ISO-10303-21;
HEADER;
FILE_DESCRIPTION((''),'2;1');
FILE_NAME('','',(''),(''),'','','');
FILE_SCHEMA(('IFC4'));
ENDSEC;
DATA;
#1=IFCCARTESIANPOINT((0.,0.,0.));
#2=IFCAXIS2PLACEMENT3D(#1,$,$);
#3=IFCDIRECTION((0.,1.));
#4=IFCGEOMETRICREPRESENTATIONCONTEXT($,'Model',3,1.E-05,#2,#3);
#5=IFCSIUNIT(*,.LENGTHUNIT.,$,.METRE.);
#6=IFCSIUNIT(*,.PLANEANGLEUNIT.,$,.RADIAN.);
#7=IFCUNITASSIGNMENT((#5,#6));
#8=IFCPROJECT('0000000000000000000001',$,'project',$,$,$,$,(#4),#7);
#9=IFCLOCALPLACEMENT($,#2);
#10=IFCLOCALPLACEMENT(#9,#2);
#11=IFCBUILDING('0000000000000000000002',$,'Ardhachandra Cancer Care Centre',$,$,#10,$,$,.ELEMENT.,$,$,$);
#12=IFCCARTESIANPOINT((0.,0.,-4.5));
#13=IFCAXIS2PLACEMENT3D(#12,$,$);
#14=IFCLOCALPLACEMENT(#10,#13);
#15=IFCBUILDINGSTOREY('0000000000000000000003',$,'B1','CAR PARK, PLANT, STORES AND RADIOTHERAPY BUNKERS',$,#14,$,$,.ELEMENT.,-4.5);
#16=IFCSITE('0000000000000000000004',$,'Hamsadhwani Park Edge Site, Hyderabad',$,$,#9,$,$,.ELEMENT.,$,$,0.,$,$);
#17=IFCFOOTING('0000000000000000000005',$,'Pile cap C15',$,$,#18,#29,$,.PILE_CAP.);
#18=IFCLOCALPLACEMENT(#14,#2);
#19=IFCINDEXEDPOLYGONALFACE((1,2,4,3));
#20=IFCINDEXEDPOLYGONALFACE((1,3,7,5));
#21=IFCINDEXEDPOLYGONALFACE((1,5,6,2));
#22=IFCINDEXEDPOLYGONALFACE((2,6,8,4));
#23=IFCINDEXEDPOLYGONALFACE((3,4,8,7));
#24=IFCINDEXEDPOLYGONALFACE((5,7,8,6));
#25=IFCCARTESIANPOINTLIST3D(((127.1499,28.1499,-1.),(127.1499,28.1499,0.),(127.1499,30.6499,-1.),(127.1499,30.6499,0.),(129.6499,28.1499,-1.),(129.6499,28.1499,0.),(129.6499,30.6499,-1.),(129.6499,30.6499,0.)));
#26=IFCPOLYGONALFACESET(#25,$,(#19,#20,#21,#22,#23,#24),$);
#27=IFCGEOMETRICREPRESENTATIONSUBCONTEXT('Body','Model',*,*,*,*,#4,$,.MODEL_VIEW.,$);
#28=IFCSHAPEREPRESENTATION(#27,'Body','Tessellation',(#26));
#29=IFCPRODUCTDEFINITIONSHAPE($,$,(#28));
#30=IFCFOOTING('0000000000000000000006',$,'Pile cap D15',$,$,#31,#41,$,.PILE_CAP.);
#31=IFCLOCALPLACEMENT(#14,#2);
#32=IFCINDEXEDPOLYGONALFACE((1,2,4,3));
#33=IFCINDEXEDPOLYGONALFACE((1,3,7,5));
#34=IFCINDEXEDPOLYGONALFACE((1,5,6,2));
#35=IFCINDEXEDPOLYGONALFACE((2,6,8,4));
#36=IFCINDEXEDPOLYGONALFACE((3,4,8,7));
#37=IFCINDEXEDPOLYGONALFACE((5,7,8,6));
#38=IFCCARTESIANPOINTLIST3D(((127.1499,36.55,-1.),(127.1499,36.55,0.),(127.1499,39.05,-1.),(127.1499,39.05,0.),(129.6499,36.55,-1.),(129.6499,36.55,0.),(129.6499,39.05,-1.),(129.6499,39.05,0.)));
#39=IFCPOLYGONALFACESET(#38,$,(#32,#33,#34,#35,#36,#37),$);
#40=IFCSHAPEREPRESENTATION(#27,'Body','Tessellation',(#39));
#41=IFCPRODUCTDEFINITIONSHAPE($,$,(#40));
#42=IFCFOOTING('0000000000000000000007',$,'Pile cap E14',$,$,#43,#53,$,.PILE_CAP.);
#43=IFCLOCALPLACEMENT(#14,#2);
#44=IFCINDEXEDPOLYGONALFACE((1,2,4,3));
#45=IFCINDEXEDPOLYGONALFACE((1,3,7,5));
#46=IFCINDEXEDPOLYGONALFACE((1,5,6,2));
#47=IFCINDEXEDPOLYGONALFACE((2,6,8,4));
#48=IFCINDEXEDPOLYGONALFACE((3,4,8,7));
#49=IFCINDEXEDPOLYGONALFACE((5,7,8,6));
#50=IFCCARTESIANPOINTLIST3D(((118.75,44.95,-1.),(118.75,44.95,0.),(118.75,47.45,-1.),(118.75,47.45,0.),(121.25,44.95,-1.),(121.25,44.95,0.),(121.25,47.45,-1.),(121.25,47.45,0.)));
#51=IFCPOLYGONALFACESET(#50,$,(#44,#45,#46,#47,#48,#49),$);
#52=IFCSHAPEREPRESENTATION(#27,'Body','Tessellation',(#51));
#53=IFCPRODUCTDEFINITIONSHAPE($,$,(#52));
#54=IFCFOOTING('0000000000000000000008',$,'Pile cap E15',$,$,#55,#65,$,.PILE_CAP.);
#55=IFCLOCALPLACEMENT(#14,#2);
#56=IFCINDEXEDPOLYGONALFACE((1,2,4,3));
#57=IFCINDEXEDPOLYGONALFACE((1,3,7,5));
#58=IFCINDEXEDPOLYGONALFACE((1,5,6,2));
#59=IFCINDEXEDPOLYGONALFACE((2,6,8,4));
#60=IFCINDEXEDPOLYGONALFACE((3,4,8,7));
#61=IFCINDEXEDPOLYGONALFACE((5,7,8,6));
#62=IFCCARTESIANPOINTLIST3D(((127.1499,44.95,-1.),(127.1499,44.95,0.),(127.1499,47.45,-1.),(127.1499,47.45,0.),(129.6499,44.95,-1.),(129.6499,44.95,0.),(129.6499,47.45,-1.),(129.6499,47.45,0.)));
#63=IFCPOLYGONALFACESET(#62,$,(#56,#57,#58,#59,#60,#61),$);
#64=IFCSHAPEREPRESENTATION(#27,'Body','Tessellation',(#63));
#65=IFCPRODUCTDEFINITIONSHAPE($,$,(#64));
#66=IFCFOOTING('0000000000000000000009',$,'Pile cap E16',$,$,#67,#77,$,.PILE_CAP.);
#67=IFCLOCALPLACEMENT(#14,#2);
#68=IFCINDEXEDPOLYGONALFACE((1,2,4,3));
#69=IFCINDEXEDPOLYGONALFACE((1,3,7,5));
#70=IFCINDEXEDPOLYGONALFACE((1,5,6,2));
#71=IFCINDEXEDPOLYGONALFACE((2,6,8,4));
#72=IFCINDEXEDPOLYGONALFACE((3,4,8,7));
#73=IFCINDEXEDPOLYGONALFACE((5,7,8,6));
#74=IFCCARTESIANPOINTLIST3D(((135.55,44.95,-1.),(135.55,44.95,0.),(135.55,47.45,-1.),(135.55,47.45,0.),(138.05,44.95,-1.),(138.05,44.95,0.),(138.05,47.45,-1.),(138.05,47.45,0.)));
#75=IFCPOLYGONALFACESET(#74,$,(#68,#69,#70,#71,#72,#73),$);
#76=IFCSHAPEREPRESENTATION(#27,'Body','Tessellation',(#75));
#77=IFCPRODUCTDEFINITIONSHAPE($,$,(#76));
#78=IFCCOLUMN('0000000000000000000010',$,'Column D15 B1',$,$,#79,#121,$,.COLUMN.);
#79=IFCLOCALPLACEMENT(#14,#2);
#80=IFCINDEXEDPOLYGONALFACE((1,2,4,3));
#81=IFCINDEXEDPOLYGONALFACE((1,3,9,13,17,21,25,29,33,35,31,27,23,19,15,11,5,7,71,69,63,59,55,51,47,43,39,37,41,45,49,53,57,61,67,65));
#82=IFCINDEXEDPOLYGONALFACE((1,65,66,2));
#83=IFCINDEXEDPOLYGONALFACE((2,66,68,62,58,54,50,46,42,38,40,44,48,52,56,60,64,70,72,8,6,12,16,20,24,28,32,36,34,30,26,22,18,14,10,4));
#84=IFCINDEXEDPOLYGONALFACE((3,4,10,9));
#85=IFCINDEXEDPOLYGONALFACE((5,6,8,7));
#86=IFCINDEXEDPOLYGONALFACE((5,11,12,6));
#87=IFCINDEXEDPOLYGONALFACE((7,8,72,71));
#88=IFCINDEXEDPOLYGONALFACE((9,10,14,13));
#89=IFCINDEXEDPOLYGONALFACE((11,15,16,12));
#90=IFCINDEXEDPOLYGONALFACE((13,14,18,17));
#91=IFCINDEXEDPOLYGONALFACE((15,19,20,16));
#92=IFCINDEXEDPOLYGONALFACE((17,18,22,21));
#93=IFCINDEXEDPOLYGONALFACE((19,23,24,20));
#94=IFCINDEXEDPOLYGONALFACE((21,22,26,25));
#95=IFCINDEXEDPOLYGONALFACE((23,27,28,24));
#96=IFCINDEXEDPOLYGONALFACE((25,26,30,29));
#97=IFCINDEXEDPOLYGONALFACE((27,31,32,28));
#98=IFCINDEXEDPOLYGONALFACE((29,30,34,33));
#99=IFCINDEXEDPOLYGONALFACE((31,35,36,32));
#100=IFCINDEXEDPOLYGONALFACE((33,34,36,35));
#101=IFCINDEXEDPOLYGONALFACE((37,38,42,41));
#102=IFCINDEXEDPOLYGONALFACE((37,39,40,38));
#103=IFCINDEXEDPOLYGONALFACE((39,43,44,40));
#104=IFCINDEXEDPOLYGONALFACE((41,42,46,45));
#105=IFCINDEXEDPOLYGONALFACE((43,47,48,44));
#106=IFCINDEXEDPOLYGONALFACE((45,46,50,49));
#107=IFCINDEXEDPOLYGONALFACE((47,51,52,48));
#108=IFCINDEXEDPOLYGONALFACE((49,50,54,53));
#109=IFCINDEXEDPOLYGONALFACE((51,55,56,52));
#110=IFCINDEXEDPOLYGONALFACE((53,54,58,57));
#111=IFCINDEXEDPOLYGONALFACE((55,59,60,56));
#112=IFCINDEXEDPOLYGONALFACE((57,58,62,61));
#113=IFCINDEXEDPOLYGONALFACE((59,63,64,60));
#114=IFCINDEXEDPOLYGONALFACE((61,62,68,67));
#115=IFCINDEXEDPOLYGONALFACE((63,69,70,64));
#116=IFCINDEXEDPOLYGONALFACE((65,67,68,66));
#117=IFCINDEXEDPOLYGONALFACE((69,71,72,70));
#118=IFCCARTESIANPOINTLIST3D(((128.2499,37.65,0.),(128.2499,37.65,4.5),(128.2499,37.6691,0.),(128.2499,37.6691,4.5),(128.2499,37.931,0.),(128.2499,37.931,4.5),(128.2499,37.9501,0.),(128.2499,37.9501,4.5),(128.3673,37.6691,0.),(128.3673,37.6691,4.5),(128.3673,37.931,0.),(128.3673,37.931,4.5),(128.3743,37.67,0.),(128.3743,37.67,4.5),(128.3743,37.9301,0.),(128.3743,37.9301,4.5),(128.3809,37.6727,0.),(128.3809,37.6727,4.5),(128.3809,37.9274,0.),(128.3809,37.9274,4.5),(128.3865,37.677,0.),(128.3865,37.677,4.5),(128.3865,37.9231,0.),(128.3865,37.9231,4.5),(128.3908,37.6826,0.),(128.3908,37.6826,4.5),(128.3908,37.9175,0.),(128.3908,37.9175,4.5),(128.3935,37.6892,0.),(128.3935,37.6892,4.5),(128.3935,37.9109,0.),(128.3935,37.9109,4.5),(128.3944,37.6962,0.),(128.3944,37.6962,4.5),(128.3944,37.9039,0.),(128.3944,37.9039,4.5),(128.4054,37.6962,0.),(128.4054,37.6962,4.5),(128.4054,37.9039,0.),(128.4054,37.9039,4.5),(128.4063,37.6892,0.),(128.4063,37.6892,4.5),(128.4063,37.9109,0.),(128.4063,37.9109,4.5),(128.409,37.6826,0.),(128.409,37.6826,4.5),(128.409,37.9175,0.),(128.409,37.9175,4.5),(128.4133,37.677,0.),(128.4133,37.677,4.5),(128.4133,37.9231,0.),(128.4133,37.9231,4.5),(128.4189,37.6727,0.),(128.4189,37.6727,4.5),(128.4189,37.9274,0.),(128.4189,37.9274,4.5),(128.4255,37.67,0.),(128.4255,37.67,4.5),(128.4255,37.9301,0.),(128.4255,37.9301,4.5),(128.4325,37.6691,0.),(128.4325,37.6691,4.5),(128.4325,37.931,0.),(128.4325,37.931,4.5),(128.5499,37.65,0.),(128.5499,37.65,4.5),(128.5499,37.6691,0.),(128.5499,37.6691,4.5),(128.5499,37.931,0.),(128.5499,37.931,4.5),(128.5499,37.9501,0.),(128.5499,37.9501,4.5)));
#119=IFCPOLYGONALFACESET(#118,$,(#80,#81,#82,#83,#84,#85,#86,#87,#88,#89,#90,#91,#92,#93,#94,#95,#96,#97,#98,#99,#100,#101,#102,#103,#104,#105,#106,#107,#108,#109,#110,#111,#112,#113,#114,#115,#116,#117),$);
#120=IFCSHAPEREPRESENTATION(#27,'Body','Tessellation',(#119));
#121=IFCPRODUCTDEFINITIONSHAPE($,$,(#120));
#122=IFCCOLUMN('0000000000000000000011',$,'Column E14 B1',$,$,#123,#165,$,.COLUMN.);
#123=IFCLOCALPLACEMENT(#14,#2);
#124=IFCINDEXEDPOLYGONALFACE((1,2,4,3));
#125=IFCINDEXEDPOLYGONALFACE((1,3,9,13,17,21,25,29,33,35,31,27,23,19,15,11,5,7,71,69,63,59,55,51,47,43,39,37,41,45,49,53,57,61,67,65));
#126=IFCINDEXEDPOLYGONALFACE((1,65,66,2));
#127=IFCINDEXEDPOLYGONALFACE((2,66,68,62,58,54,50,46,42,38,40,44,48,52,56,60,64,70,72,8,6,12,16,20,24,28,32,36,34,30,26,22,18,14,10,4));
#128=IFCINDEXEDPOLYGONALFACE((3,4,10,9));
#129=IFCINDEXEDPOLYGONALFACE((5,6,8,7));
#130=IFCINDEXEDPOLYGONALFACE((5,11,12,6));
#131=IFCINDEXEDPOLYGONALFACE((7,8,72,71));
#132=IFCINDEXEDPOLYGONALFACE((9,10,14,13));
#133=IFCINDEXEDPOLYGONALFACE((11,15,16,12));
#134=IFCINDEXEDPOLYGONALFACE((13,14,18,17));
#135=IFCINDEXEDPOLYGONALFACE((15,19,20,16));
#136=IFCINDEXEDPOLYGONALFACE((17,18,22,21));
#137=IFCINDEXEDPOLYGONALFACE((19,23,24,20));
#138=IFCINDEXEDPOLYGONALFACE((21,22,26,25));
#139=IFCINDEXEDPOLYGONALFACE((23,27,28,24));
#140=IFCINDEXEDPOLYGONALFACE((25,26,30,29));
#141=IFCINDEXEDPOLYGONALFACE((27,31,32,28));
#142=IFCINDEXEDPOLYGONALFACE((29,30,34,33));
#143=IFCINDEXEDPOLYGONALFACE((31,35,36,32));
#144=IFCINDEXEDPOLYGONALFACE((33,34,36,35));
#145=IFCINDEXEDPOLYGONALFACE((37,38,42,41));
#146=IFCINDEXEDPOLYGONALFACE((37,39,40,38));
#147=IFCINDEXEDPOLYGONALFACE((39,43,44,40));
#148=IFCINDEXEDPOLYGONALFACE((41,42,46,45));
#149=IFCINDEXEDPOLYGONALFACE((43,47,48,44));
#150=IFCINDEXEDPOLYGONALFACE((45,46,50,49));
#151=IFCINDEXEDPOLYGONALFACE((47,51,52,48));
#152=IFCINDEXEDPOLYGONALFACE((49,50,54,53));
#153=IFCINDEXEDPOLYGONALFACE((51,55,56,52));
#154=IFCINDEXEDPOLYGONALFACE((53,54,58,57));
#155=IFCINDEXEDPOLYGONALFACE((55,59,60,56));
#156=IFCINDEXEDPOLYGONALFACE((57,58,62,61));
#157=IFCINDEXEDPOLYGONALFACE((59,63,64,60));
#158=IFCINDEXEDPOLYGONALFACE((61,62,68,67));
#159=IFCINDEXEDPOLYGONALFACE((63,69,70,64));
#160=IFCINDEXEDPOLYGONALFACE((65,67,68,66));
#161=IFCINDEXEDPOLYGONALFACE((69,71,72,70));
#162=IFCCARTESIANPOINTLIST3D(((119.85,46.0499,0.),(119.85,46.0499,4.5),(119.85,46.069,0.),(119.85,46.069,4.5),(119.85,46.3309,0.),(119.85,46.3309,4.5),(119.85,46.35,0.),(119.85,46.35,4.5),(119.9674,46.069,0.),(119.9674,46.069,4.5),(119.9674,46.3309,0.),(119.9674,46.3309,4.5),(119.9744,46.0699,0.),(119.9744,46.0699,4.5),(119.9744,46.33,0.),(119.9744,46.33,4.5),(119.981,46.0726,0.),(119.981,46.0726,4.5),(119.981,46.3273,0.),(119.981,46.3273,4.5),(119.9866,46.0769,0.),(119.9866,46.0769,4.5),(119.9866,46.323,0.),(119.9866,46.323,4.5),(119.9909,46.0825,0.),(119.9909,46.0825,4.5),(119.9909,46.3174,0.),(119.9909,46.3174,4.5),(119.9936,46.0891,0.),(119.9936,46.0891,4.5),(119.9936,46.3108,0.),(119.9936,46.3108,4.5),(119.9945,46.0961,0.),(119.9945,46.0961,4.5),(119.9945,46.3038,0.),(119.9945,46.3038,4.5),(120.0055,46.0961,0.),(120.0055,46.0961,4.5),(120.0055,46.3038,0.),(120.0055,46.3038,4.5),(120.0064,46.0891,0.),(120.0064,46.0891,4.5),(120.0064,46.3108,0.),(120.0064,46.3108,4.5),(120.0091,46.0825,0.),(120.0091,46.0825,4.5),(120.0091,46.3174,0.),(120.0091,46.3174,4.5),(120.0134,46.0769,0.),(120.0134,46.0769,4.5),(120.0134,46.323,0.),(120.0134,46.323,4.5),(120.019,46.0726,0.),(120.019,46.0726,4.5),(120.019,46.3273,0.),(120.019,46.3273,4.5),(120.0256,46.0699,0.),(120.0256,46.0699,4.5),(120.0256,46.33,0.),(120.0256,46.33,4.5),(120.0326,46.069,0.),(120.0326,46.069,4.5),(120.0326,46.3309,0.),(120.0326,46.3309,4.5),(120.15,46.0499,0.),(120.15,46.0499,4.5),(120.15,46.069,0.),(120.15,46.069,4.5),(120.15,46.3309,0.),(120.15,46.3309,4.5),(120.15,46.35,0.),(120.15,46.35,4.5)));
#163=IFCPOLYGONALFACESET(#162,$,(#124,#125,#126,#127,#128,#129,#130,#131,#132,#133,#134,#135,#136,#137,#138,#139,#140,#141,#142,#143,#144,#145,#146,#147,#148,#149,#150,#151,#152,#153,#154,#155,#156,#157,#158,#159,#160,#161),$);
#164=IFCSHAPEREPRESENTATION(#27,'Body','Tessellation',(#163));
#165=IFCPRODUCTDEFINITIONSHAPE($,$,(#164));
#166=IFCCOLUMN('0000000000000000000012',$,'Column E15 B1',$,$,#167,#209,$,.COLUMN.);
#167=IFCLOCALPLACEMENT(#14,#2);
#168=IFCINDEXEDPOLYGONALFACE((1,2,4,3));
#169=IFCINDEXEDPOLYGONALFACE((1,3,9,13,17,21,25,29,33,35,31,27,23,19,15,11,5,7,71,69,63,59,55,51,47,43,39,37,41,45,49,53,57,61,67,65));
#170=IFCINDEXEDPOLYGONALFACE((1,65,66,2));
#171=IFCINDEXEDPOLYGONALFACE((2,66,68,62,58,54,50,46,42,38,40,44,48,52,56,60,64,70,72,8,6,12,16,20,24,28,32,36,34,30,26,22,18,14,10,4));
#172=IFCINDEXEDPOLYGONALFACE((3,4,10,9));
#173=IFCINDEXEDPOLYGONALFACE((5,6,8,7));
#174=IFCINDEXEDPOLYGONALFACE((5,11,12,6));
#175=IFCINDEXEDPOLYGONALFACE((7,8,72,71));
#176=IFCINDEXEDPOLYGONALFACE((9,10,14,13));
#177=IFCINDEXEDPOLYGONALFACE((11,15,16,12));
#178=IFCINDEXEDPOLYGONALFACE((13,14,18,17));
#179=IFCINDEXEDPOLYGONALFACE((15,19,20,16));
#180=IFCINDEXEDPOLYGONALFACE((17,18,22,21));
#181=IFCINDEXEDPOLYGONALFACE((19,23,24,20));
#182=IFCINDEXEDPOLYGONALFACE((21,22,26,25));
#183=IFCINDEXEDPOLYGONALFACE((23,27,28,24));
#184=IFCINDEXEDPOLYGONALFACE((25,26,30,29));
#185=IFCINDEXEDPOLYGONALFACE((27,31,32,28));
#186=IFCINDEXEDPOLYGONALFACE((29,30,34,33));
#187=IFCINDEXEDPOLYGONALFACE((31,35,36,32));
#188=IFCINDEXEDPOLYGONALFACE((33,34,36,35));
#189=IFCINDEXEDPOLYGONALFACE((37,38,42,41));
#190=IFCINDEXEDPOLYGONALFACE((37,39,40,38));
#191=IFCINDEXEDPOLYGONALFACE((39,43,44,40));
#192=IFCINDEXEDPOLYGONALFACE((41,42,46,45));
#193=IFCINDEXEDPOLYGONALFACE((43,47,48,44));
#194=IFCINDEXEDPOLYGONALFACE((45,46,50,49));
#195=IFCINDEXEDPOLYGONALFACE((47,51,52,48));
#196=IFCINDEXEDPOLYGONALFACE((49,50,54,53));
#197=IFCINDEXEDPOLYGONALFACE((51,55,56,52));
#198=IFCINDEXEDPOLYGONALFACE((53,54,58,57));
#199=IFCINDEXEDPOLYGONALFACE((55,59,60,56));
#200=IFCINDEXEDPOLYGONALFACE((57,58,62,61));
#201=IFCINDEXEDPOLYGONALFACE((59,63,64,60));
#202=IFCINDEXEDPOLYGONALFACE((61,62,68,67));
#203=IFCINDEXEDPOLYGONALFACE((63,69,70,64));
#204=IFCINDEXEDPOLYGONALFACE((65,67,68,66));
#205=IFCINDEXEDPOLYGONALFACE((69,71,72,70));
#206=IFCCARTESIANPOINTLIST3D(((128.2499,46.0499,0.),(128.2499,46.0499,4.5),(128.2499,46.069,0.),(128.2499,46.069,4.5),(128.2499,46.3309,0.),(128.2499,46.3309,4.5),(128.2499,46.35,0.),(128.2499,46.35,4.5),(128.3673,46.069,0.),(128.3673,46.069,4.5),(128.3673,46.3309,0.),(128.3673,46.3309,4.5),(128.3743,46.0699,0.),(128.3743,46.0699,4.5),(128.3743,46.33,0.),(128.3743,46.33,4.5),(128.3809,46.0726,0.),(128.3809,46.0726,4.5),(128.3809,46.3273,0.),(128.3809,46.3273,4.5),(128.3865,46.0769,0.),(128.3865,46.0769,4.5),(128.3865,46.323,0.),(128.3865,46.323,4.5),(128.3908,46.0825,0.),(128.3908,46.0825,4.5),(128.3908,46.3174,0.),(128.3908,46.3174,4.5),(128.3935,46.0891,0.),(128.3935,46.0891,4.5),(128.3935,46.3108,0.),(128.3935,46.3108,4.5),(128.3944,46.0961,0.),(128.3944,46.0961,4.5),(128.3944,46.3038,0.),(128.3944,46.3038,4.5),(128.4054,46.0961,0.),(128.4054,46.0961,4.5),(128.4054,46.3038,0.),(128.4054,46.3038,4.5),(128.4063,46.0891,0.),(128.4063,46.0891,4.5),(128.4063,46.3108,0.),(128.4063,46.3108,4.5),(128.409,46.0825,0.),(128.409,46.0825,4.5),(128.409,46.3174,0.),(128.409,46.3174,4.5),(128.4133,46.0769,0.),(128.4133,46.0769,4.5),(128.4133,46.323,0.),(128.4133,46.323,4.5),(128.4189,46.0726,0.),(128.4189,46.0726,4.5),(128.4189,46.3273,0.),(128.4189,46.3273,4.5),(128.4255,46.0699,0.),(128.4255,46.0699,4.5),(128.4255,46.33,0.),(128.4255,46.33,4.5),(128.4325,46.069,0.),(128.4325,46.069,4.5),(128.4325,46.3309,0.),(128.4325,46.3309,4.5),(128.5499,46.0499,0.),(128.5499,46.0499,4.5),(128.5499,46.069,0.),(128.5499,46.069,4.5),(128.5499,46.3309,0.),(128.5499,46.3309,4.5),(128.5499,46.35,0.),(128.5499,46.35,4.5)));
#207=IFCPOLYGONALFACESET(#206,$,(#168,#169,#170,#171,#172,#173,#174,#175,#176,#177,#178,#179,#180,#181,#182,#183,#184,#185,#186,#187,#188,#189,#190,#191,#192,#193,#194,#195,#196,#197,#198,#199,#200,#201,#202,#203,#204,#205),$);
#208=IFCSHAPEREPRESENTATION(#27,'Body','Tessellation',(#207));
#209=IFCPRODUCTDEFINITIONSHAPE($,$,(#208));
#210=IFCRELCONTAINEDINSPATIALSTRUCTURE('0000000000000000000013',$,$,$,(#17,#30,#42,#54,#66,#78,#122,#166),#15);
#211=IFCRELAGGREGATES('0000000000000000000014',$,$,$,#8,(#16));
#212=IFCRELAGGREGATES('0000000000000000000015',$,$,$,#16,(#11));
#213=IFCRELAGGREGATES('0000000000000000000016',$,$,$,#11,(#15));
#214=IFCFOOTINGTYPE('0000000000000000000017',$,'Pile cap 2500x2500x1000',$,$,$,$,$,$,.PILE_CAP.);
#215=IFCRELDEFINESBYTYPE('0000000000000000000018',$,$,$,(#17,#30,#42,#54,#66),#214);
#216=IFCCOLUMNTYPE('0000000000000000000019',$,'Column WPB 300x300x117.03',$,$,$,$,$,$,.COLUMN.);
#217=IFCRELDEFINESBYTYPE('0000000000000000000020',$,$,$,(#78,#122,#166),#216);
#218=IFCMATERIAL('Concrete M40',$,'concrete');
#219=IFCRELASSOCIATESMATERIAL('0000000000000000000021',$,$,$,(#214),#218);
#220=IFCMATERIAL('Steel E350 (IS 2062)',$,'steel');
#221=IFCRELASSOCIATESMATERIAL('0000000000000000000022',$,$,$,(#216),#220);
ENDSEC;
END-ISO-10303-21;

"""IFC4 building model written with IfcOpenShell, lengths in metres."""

from ifc_helpers import new_model, si_unit, direction, frame, origin, origin_2d, place, context, subcontext, project, spatial, rectangle, i_section, extrude, material, material_profile, profile_set, type_object, element, save


model = new_model("IFC4")

# Units and contexts
model_context = context("Model", 3, precision=1e-05, world=origin(), true_north=direction((0.0, 1.0)))
body_context = subcontext(model_context, "Body", "Model", "MODEL_VIEW")
ifc_project = project(units=[si_unit("LENGTHUNIT", "METRE"), si_unit("PLANEANGLEUNIT", "RADIAN")], contexts=[model_context])

# Site, building, storey
site_placement = place(None, origin())
site = spatial("IfcSite", under=ifc_project, at=site_placement, Name="Hamsadhwani Park Edge Site, Hyderabad", CompositionType="ELEMENT", RefElevation=0.0)
building_placement = place(site_placement, origin())
building = spatial("IfcBuilding", under=site, at=building_placement, Name="Ardhachandra Cancer Care Centre", CompositionType="ELEMENT")
storey_placement = place(building_placement, frame((0.0, 0.0, -4.5)))
storey = spatial("IfcBuildingStorey", under=building, at=storey_placement, Name="B1", Description="CAR PARK, PLANT, STORES AND RADIOTHERAPY BUNKERS", CompositionType="ELEMENT", Elevation=-4.5)

# Footings
ifc_material_1 = material(Name="Concrete M40", Category="concrete")
footing_type = type_object("IfcFootingType", Name="Pile cap 2500x2500x1000", PredefinedType="PILE_CAP", material=ifc_material_1)
for number, where, z_axis, x_axis, name in (
    (1, (128.3999, 29.3999, -1.0), (0.0, 0.0, 1.0), (1.0, 0.0, 0.0), "Pile cap C15"),
    (2, (128.3999, 37.8, -1.0), (0.0, 0.0, 1.0), (1.0, 0.0, 0.0), "Pile cap D15"),
    (3, (120.0, 46.2, -1.0), (0.0, 0.0, 1.0), (1.0, 0.0, 0.0), "Pile cap E14"),
    (4, (128.3999, 46.2, -1.0), (0.0, 0.0, 1.0), (1.0, 0.0, 0.0), "Pile cap E15"),
    (5, (136.8, 46.2, -1.0), (0.0, 0.0, 1.0), (1.0, 0.0, 0.0), "Pile cap E16"),
):
    element("IfcFooting", number, at=place(storey_placement, frame(where, z_axis=z_axis, x_axis=x_axis)), inside=storey, type_object=footing_type, Name=name, PredefinedType="PILE_CAP", context=body_context, shape_type="SweptSolid", body=[
        extrude(rectangle(XDim=2.5, YDim=2.5, at=origin_2d()), origin(), (0.0, 0.0, 1.0), 1.0),
    ])

# Columns
ifc_material_2 = material(Name="Steel E350 (IS 2062)", Category="steel")
ifc_material_profile_1 = material_profile(ifc_material_2, i_section(OverallWidth=0.3, OverallDepth=0.3, WebThickness=0.011, FlangeThickness=0.019, FilletRadius=0.0271, at=origin_2d()), Name="WPB 300x300x117.03")
ifc_profile_set_1 = profile_set([ifc_material_profile_1], Name="Steel E350 (IS 2062)")
column_type_1 = type_object("IfcColumnType", Name="Column WPB 300x300x117.03", PredefinedType="COLUMN", material=ifc_profile_set_1)
for number, where, z_axis, x_axis, name in (
    (6, (128.3999, 37.8, 0.0), (0.0, 0.0, 1.0), (1.0, 0.0, 0.0), "Column D15 B1"),
    (7, (120.0, 46.2, 0.0), (0.0, 0.0, 1.0), (1.0, 0.0, 0.0), "Column E14 B1"),
    (8, (128.3999, 46.2, 0.0), (0.0, 0.0, 1.0), (1.0, 0.0, 0.0), "Column E15 B1"),
):
    element("IfcColumn", number, at=place(storey_placement, frame(where, z_axis=z_axis, x_axis=x_axis)), inside=storey, type_object=column_type_1, Name=name, PredefinedType="COLUMN", context=body_context, shape_type="SweptSolid", body=[
        extrude(i_section(OverallWidth=0.3, OverallDepth=0.3, WebThickness=0.011, FlangeThickness=0.019, FilletRadius=0.0271, at=origin_2d()), origin(), (0.0, 0.0, 1.0), 4.5),
    ])

save(model, "model.ifc")
